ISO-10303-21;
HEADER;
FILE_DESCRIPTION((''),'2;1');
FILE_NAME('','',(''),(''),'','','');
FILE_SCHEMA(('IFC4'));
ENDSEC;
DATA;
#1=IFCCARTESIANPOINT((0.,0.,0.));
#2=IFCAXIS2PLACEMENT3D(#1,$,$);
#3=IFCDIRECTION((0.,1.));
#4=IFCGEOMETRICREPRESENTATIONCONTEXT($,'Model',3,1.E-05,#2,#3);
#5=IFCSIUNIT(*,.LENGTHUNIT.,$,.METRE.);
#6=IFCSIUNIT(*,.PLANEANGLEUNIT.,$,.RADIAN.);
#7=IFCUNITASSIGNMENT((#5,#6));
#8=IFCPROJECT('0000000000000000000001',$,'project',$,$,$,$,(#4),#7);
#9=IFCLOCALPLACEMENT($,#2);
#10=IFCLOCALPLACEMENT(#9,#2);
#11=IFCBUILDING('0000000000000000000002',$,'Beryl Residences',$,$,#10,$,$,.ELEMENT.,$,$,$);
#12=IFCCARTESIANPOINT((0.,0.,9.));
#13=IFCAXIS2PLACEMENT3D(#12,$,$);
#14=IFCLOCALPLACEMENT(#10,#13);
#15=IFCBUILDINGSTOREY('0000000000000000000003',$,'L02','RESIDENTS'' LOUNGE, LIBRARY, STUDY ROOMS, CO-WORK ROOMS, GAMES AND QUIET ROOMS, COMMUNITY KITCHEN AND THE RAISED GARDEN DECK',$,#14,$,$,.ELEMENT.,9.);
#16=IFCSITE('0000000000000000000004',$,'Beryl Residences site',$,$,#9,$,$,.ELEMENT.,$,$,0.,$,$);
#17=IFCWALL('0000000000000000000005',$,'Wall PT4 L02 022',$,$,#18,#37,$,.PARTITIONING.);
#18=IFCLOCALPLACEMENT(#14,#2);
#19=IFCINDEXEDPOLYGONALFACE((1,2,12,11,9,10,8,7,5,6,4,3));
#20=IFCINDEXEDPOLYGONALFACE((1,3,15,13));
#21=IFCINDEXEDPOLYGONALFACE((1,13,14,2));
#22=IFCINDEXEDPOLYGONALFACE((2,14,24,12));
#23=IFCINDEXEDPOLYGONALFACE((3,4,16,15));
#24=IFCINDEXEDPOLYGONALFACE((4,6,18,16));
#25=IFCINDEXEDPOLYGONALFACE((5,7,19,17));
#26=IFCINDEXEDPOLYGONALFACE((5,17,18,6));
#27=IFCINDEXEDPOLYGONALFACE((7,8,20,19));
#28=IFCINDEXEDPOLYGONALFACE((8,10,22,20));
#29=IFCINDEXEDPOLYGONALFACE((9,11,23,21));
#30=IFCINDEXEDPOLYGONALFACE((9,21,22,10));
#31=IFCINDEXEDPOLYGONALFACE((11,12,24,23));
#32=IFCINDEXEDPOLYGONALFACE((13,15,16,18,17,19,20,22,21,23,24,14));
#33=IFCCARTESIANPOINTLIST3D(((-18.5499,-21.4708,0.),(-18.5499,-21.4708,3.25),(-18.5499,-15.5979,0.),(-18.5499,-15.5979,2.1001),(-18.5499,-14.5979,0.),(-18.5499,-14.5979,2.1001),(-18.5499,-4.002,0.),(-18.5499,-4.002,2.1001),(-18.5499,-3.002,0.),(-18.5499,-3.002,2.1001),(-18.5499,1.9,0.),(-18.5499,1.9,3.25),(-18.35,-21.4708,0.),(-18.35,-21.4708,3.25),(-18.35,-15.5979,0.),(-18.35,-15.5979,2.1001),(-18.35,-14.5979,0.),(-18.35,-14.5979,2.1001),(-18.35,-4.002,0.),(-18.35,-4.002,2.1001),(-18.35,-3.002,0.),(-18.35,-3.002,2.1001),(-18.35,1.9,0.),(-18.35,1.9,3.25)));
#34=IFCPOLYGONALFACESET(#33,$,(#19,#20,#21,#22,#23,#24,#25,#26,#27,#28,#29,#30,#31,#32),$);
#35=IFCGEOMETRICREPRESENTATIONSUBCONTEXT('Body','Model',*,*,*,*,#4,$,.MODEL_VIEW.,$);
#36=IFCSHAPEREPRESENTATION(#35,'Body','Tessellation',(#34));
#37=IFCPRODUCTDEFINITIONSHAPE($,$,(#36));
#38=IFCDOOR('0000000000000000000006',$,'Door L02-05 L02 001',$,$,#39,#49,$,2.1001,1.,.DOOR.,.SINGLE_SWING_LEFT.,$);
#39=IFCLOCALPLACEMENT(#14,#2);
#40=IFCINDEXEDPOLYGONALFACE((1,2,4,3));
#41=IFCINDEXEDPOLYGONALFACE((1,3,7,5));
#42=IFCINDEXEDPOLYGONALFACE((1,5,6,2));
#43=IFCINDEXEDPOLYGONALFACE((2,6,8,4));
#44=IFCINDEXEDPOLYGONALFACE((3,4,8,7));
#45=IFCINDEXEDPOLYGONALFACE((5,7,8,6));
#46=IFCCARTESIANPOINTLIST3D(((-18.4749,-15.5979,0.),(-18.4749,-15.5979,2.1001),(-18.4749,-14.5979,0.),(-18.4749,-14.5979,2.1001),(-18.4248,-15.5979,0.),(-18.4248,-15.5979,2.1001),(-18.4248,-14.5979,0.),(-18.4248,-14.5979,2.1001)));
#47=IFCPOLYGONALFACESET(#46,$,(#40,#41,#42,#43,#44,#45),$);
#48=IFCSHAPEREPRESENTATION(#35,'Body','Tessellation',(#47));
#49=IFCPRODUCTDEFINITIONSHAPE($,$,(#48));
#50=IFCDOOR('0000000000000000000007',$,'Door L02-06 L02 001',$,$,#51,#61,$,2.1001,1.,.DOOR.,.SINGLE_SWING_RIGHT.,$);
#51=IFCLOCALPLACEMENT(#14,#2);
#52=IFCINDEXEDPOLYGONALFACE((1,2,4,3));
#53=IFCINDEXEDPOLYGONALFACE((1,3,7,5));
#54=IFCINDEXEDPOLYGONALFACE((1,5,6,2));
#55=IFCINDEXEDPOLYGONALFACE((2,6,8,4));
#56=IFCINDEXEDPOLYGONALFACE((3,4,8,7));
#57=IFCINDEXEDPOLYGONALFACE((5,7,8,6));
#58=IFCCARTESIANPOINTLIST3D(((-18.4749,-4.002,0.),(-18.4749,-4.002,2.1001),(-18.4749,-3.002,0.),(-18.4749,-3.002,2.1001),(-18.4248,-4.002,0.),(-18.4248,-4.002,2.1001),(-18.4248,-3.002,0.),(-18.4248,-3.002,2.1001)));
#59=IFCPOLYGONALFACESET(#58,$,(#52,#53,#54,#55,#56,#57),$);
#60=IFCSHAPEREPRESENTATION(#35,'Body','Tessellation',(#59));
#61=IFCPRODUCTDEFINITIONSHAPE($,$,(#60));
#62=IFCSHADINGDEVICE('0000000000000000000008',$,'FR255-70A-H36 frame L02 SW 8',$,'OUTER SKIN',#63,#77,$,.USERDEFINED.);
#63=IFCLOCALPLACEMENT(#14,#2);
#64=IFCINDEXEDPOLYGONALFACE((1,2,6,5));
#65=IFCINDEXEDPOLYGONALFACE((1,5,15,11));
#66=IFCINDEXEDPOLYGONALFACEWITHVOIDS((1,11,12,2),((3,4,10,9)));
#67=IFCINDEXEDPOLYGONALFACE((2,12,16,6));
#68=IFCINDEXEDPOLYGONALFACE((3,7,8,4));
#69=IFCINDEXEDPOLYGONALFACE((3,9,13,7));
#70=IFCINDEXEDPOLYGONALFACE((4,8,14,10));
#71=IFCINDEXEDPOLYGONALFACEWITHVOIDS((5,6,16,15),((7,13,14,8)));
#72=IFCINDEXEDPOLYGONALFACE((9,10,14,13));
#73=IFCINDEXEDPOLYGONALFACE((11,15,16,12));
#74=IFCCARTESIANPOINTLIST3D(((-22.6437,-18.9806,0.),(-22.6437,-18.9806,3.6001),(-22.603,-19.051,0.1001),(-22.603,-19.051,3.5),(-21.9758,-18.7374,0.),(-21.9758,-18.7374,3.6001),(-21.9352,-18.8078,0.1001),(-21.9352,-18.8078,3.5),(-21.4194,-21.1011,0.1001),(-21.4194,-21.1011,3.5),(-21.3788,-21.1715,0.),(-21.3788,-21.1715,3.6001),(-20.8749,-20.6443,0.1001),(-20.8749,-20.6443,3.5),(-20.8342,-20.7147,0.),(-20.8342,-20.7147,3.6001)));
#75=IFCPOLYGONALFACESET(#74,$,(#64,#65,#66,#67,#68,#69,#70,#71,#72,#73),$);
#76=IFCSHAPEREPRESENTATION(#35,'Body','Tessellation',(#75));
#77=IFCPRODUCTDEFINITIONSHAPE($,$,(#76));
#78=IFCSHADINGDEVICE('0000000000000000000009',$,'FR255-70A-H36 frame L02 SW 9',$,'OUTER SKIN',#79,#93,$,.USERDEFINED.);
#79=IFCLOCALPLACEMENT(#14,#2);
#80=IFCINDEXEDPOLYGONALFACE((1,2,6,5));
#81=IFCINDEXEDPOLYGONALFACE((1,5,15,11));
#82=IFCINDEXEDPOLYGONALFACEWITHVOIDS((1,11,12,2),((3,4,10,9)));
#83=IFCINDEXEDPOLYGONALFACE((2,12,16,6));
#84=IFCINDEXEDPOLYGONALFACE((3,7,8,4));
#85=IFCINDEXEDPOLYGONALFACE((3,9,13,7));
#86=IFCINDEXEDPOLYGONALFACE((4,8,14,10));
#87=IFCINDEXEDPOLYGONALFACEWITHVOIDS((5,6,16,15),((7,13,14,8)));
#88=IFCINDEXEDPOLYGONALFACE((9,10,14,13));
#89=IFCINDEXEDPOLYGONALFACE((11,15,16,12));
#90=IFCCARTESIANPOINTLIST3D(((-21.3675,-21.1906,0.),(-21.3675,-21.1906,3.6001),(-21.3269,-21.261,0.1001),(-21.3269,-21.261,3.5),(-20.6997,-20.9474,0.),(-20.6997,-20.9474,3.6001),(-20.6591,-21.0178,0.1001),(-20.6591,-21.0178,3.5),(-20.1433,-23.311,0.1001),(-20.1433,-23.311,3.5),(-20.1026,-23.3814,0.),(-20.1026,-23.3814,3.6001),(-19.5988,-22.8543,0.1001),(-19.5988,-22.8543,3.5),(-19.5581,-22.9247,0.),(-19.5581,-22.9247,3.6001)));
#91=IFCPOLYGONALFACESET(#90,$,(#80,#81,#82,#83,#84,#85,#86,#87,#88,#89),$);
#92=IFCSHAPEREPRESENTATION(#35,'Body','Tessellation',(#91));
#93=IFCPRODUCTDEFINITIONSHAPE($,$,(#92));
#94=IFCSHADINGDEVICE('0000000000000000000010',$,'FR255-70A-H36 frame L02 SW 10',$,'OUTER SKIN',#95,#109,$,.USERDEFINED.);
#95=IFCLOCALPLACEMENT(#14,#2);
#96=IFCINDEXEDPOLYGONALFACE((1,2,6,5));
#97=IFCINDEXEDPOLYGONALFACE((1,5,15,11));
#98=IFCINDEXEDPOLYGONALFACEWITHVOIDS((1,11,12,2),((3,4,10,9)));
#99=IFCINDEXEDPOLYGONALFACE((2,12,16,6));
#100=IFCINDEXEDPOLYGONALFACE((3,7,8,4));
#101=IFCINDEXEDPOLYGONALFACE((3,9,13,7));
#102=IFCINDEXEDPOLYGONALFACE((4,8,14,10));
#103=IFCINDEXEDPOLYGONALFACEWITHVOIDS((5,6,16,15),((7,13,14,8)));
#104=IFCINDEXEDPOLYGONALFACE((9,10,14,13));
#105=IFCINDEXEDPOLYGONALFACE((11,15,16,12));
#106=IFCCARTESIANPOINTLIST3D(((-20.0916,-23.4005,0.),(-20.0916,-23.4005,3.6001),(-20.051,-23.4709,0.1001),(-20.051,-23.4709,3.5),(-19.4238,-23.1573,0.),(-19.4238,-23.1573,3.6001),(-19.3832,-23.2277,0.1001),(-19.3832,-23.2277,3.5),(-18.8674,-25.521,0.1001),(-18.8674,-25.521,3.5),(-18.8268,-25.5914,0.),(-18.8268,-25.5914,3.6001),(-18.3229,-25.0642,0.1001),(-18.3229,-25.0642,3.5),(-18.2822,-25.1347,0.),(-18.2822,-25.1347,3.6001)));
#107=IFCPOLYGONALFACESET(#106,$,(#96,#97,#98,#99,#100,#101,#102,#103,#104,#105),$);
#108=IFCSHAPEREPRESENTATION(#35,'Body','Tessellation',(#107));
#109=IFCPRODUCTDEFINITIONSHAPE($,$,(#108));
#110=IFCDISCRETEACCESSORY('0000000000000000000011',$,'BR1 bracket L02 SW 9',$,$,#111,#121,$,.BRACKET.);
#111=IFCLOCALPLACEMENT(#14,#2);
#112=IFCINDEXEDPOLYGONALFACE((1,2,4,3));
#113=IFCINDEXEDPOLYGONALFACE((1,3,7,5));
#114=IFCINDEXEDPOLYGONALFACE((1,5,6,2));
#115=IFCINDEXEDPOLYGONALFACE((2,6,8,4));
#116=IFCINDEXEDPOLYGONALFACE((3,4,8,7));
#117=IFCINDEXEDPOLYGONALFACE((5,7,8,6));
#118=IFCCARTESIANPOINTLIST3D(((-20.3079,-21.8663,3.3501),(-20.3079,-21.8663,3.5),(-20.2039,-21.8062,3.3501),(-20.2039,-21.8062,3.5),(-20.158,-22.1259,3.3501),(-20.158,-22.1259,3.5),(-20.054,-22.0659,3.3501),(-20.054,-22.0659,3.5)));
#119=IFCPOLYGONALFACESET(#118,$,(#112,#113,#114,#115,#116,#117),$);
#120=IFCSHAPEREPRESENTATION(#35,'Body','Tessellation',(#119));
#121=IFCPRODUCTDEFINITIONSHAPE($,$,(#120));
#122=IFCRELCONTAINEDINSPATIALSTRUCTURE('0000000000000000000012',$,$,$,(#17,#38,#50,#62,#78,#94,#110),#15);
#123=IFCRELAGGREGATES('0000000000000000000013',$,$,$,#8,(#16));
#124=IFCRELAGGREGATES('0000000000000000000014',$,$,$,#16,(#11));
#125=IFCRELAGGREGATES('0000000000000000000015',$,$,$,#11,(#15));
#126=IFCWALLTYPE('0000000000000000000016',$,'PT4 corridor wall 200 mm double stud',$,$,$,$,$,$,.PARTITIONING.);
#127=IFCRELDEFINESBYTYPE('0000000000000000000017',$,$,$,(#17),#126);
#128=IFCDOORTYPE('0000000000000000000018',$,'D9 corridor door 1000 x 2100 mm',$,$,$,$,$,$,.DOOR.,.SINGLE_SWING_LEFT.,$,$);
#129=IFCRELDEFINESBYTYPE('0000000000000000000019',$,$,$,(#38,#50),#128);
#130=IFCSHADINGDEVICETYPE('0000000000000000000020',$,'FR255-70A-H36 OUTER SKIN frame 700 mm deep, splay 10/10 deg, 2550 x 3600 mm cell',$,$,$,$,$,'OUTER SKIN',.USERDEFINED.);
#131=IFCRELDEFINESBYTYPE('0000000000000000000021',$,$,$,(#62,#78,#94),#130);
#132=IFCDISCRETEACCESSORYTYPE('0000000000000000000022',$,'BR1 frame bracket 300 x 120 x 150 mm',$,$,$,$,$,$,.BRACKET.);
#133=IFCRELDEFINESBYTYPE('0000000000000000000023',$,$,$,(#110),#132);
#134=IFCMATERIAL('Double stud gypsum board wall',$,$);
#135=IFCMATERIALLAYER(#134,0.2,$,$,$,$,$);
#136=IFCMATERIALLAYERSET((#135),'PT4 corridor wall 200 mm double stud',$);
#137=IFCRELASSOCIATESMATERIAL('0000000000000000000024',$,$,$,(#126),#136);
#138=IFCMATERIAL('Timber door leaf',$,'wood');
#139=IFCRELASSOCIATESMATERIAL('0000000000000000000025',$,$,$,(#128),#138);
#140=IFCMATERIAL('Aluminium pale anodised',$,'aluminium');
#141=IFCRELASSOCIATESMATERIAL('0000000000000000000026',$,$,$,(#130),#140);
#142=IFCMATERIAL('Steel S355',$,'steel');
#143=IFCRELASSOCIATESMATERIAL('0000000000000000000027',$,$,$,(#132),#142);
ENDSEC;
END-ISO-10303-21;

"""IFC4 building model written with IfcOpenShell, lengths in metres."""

from ifc_helpers import new_model, entity, si_unit, direction, frame, frame_2d, origin, place, context, subcontext, project, spatial, polyline, rectangle, outline, extrude, source, transform, mapped, material, layer, layer_set, type_object, type_shapes, element, fill, save


model = new_model("IFC4")

# Units and contexts
model_context = context("Model", 3, precision=1e-05, world=origin(), true_north=direction((0.0, 1.0)))
body_context = subcontext(model_context, "Body", "Model", "MODEL_VIEW")
ifc_project = project(units=[si_unit("LENGTHUNIT", "METRE"), si_unit("PLANEANGLEUNIT", "RADIAN")], contexts=[model_context])

# Site, building, storey
site_placement = place(None, origin())
site = spatial("IfcSite", under=ifc_project, at=site_placement, Name="Beryl Residences site", CompositionType="ELEMENT", RefElevation=0.0)
building_placement = place(site_placement, origin())
building = spatial("IfcBuilding", under=site, at=building_placement, Name="Beryl Residences", CompositionType="ELEMENT")
storey_placement = place(building_placement, frame((0.0, 0.0, 9.0)))
storey = spatial("IfcBuildingStorey", under=building, at=storey_placement, Name="L02", Description="RESIDENTS' LOUNGE, LIBRARY, STUDY ROOMS, CO-WORK ROOMS, GAMES AND QUIET ROOMS, COMMUNITY KITCHEN AND THE RAISED GARDEN DECK", CompositionType="ELEMENT", Elevation=9.0)

# Shared definitions
ifc_material_1 = material(Name="Double stud gypsum board wall")
ifc_layer_1 = layer(ifc_material_1, 0.2)
ifc_layer_set_1 = layer_set([ifc_layer_1], Name="PT4 corridor wall 200 mm double stud")
wall_type_1 = type_object("IfcWallType", Name="PT4 corridor wall 200 mm double stud", PredefinedType="PARTITIONING", material=ifc_layer_set_1)

# Wall, openings, doors
wall_1_placement = place(storey_placement, frame((-18.45, -21.4709, 0.0), z_axis=(0.0, 0.0, 1.0), x_axis=(0.0, 1.0, 0.0)))
wall_1 = element("IfcWall", 1, at=wall_1_placement, inside=storey, type_object=wall_type_1, Name="Wall PT4 L02 022", PredefinedType="PARTITIONING", context=body_context, shape_type="SweptSolid", body=[
    extrude(rectangle(XDim=23.3708, YDim=0.2, at=frame_2d((11.6855, 0.0))), origin(), (0.0, 0.0, 1.0), 3.25),
])
opening_1_placement = place(wall_1_placement, frame((5.873, 0.0, 0.0)))
opening_1 = element("IfcOpeningElement", 2, at=opening_1_placement, cuts=wall_1, PredefinedType="OPENING", context=body_context, shape_type="SweptSolid", body=[
    extrude(rectangle(XDim=1.0, YDim=2.1001, at=frame_2d((0.5, 1.05))), frame((0.0, 0.1099, 0.0), z_axis=(0.0, -1.0, 0.0), x_axis=(1.0, 0.0, 0.0)), (0.0, 0.0, 1.0), 0.22),
])
opening_2_placement = place(wall_1_placement, frame((17.469, 0.0, 0.0)))
opening_2 = element("IfcOpeningElement", 3, at=opening_2_placement, cuts=wall_1, PredefinedType="OPENING", context=body_context, shape_type="SweptSolid", body=[
    extrude(rectangle(XDim=1.0, YDim=2.1001, at=frame_2d((0.5, 1.05))), frame((0.0, 0.1099, 0.0), z_axis=(0.0, -1.0, 0.0), x_axis=(1.0, 0.0, 0.0)), (0.0, 0.0, 1.0), 0.22),
])
ifc_material_2 = material(Name="Timber door leaf", Category="wood")
door_type_1 = type_object("IfcDoorType", Name="D9 corridor door 1000 x 2100 mm", OperationType="SINGLE_SWING_LEFT", PredefinedType="DOOR", material=ifc_material_2)
door_1_placement = place(opening_1_placement, origin())
door_1 = element("IfcDoor", 4, at=door_1_placement, inside=storey, type_object=door_type_1, Name="Door L02-05 L02 001", OperationType="SINGLE_SWING_LEFT", OverallHeight=2.1001, OverallWidth=1.0, PredefinedType="DOOR", context=body_context, shape_type="SweptSolid", body=[
    extrude(rectangle(XDim=1.0, YDim=2.1001, at=frame_2d((0.5, 1.05))), frame((0.0, 0.0249, 0.0), z_axis=(0.0, -1.0, 0.0), x_axis=(1.0, 0.0, 0.0)), (0.0, 0.0, 1.0), 0.05),
])
fill(opening_1, door_1)
door_2_placement = place(opening_2_placement, origin())
door_2 = element("IfcDoor", 5, at=door_2_placement, inside=storey, type_object=door_type_1, Name="Door L02-06 L02 001", OperationType="SINGLE_SWING_RIGHT", OverallHeight=2.1001, OverallWidth=1.0, PredefinedType="DOOR", context=body_context, shape_type="SweptSolid", body=[
    extrude(rectangle(XDim=1.0, YDim=2.1001, at=frame_2d((0.5, 1.05))), frame((0.0, 0.0249, 0.0), z_axis=(0.0, -1.0, 0.0), x_axis=(1.0, 0.0, 0.0)), (0.0, 0.0, 1.0), 0.05),
])
fill(opening_2, door_2)

# Shading devices
ifc_material_3 = material(Name="Aluminium pale anodised", Category="aluminium")
shading_device_type = type_object("IfcShadingDeviceType", Name="FR255-70A-H36 OUTER SKIN frame 700 mm deep, splay 10/10 deg, 2550 x 3600 mm cell", ElementType="OUTER SKIN", PredefinedType="USERDEFINED", material=ifc_material_3)
cartesian_point_1 = entity("IfcCartesianPoint", [-1.1416, 0.0])
cartesian_point_2 = entity("IfcCartesianPoint", [-1.0603, 0.1001])
cartesian_point_3 = entity("IfcCartesianPoint", [-1.2649, 0.0])
cartesian_point_4 = entity("IfcCartesianPoint", [-1.1836, 0.1001])
shared_shape_1 = source(origin(), body_context, "Body", "SweptSolid", [
    entity("IfcExtrudedAreaSolidTapered", entity("IfcArbitraryProfileDefWithVoids", "AREA", None, entity("IfcPolyline", [cartesian_point_1, entity("IfcCartesianPoint", [1.1416, 0.0]), entity("IfcCartesianPoint", [1.1416, 3.6001]), entity("IfcCartesianPoint", [-1.1416, 3.6001]), cartesian_point_1]), [entity("IfcPolyline", [cartesian_point_2, entity("IfcCartesianPoint", [1.0603, 0.1001]), entity("IfcCartesianPoint", [1.0603, 3.5]), entity("IfcCartesianPoint", [-1.0603, 3.5]), cartesian_point_2])]), entity("IfcAxis2Placement3D", entity("IfcCartesianPoint", [0.0, 0.0, 0.0]), entity("IfcDirection", [0.0, 1.0, 0.0]), entity("IfcDirection", [-1.0, 0.0, 0.0])), entity("IfcDirection", [0.0, 0.0, 1.0]), 0.7, entity("IfcArbitraryProfileDefWithVoids", "AREA", None, entity("IfcPolyline", [cartesian_point_3, entity("IfcCartesianPoint", [1.2649, 0.0]), entity("IfcCartesianPoint", [1.2649, 3.6001]), entity("IfcCartesianPoint", [-1.2649, 3.6001]), cartesian_point_3]), [entity("IfcPolyline", [cartesian_point_4, entity("IfcCartesianPoint", [1.1836, 0.1001]), entity("IfcCartesianPoint", [1.1836, 3.5]), entity("IfcCartesianPoint", [-1.1836, 3.5]), cartesian_point_4])])),
])
type_shapes(shading_device_type, [shared_shape_1])
for number, where, z_axis, x_axis, name in (
    (6, (-21.405, -19.7261, 0.0), (0.0, 0.0, 1.0), (-0.5, 0.866025, 0.0), "FR255-70A-H36 frame L02 SW 8"),
    (7, (-20.1289, -21.936, 0.0), (0.0, 0.0, 1.0), (-0.5, 0.866025, 0.0), "FR255-70A-H36 frame L02 SW 9"),
    (8, (-18.853, -24.146, 0.0), (0.0, 0.0, 1.0), (-0.5, 0.866025, 0.0), "FR255-70A-H36 frame L02 SW 10"),
):
    element("IfcShadingDevice", number, at=place(storey_placement, frame(where, z_axis=z_axis, x_axis=x_axis)), inside=storey, type_object=shading_device_type, Name=name, ObjectType="OUTER SKIN", PredefinedType="USERDEFINED", context=body_context, shape_type="MappedRepresentation", body=[
        mapped(shared_shape_1, transform((0.0, 0.0, 0.0))),
    ])

# Discrete accessory
ifc_material_4 = material(Name="Steel S355", Category="steel")
discrete_accessory_type = type_object("IfcDiscreteAccessoryType", Name="BR1 frame bracket 300 x 120 x 150 mm", PredefinedType="BRACKET", material=ifc_material_4)
shared_shape_2 = source(origin(), body_context, "Body", "SweptSolid", [
    extrude(outline(polyline([(-0.1499, 0.0), (0.1499, 0.0), (0.1499, 0.1201), (-0.1499, 0.1201), (-0.1499, 0.0)])), origin(), (0.0, 0.0, 1.0), 0.1499),
])
type_shapes(discrete_accessory_type, [shared_shape_2])
discrete_accessory_placement = place(storey_placement, frame((-20.1289, -21.936, 3.3501), z_axis=(0.0, 0.0, 1.0), x_axis=(-0.5, 0.866025, 0.0)))
element("IfcDiscreteAccessory", 9, at=discrete_accessory_placement, inside=storey, type_object=discrete_accessory_type, Name="BR1 bracket L02 SW 9", PredefinedType="BRACKET", context=body_context, shape_type="MappedRepresentation", body=[
    mapped(shared_shape_2, transform((0.0, 0.0, 0.0))),
])

save(model, "model.ifc")
